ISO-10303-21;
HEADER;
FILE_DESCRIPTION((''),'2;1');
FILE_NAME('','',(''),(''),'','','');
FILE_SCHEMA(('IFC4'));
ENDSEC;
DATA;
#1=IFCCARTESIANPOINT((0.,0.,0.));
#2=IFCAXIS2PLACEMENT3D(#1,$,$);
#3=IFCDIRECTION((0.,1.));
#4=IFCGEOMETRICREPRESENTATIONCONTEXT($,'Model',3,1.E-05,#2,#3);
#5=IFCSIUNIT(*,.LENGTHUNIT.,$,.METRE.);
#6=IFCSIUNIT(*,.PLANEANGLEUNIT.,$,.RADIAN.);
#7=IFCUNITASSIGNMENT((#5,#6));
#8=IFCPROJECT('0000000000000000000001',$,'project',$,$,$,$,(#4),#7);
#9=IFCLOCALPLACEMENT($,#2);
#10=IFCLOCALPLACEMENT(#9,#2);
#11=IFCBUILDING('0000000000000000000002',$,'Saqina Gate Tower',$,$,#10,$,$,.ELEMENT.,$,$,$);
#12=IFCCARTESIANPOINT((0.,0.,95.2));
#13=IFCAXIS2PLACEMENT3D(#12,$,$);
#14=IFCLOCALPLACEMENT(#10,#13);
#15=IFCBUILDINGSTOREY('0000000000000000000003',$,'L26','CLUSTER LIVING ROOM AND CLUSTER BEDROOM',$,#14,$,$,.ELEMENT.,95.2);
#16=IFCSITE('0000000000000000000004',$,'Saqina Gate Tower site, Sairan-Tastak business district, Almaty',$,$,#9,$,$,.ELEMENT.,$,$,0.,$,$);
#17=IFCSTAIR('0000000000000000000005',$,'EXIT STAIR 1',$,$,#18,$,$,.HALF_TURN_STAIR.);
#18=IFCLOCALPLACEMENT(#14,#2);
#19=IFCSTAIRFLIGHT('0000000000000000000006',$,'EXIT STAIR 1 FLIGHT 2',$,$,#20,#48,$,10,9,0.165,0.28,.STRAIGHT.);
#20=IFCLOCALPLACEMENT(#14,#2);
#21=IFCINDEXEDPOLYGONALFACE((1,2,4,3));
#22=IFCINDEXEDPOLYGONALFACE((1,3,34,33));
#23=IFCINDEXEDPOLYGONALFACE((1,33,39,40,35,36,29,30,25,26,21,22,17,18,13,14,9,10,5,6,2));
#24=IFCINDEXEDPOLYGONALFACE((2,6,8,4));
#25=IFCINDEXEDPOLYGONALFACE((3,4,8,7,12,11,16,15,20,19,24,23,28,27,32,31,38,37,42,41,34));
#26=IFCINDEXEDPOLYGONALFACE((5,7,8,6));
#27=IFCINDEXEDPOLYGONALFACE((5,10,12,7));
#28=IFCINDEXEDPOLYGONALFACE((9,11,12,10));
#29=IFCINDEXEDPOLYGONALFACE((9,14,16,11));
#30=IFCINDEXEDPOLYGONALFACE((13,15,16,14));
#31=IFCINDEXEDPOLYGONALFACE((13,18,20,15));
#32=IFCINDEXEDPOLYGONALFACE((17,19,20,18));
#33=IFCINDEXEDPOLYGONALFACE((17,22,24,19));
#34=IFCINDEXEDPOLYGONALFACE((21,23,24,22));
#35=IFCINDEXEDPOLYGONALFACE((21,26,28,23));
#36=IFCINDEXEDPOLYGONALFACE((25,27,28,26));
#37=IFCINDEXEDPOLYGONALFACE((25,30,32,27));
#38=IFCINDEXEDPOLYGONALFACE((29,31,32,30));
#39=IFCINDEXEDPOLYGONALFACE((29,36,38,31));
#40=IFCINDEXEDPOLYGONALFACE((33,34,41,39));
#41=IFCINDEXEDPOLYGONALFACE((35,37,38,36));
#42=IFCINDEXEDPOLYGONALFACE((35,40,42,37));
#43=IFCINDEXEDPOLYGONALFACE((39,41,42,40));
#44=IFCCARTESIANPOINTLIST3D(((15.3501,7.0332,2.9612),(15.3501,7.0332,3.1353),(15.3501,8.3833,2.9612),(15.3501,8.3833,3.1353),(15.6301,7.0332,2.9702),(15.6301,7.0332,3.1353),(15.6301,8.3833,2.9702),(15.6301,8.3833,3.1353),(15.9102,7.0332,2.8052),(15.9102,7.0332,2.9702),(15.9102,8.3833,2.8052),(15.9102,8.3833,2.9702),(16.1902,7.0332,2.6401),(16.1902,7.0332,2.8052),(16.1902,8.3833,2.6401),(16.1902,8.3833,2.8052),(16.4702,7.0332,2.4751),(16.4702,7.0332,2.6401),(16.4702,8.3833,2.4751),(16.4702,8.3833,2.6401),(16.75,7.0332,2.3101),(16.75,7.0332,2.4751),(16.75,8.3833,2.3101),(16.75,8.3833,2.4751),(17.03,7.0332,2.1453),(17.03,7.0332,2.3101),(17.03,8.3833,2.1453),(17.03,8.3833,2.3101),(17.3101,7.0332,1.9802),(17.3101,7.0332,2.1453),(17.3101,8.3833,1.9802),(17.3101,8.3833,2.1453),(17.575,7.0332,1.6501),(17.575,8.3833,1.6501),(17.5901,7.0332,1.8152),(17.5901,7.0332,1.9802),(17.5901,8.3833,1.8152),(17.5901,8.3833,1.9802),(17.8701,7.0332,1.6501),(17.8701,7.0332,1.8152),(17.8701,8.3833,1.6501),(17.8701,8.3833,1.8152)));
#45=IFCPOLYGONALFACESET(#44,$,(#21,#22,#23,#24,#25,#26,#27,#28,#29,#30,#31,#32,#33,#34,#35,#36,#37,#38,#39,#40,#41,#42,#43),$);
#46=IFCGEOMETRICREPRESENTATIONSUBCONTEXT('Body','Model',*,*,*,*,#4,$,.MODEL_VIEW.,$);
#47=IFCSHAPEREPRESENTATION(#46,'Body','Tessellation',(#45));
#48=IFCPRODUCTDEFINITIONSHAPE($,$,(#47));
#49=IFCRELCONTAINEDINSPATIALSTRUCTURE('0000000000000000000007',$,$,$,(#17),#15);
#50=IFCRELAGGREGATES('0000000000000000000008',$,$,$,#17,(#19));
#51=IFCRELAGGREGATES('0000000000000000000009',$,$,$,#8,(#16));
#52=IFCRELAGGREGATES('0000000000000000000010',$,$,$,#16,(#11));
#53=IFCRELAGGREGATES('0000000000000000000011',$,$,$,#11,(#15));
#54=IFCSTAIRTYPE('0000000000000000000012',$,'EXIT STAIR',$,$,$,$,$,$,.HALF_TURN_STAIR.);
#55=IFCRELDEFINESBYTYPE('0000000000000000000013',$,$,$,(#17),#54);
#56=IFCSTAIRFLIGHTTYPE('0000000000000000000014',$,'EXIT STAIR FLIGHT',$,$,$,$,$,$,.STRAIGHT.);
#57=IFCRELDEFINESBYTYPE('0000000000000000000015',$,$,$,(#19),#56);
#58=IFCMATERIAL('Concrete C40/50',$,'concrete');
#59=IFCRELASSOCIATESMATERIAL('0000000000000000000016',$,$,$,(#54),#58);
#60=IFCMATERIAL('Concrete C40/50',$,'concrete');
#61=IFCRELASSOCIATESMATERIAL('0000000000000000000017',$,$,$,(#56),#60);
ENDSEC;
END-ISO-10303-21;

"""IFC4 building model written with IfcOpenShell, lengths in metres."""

from ifc_helpers import new_model, si_unit, direction, frame, origin, place, context, subcontext, project, spatial, polyline, outline, extrude, material, type_object, element, aggregate, save


model = new_model("IFC4")

# Units and contexts
model_context = context("Model", 3, precision=1e-05, world=origin(), true_north=direction((0.0, 1.0)))
body_context = subcontext(model_context, "Body", "Model", "MODEL_VIEW")
ifc_project = project(units=[si_unit("LENGTHUNIT", "METRE"), si_unit("PLANEANGLEUNIT", "RADIAN")], contexts=[model_context])

# Site, building, storey
site_placement = place(None, origin())
site = spatial("IfcSite", under=ifc_project, at=site_placement, Name="Saqina Gate Tower site, Sairan-Tastak business district, Almaty", CompositionType="ELEMENT", RefElevation=0.0)
building_placement = place(site_placement, origin())
building = spatial("IfcBuilding", under=site, at=building_placement, Name="Saqina Gate Tower", CompositionType="ELEMENT")
storey_placement = place(building_placement, frame((0.0, 0.0, 95.2)))
storey = spatial("IfcBuildingStorey", under=building, at=storey_placement, Name="L26", Description="CLUSTER LIVING ROOM AND CLUSTER BEDROOM", CompositionType="ELEMENT", Elevation=95.2)

# Stair, stair flight
ifc_material_1 = material(Name="Concrete C40/50", Category="concrete")
stair_type = type_object("IfcStairType", Name="EXIT STAIR", PredefinedType="HALF_TURN_STAIR", material=ifc_material_1)
stair_placement = place(storey_placement, origin())
stair = element("IfcStair", 1, at=stair_placement, inside=storey, type_object=stair_type, Name="EXIT STAIR 1", PredefinedType="HALF_TURN_STAIR")
ifc_material_2 = material(Name="Concrete C40/50", Category="concrete")
stair_flight_type = type_object("IfcStairFlightType", Name="EXIT STAIR FLIGHT", PredefinedType="STRAIGHT", material=ifc_material_2)
stair_flight_1_placement = place(storey_placement, frame((17.8701, 7.7083, 1.6501), z_axis=(0.0, 0.0, 1.0), x_axis=(-1.0, 0.0, 0.0)))
stair_flight_1 = element("IfcStairFlight", 2, at=stair_flight_1_placement, type_object=stair_flight_type, Name="EXIT STAIR 1 FLIGHT 2", NumberOfRisers=10, NumberOfTreads=9, PredefinedType="STRAIGHT", RiserHeight=0.165, TreadLength=0.28, context=body_context, shape_type="SweptSolid", body=[
    extrude(outline(polyline([(0.0, 0.0), (0.0, 0.165), (0.28, 0.165), (0.28, 0.3301), (0.5601, 0.3301), (0.5601, 0.4951), (0.8401, 0.4951), (0.8401, 0.6599), (1.1201, 0.6599), (1.1201, 0.825), (1.3999, 0.825), (1.3999, 0.99), (1.6799, 0.99), (1.6799, 1.155), (1.96, 1.155), (1.96, 1.3201), (2.24, 1.3201), (2.24, 1.4851), (2.52, 1.4851), (2.52, 1.6499), (2.52, 1.311), (0.2952, 0.0), (0.0, 0.0)])), frame((0.0, 0.675, 0.0), z_axis=(0.0, -1.0, 0.0), x_axis=(1.0, 0.0, 0.0)), (0.0, 0.0, 1.0), 1.3501),
])
aggregate(stair, [stair_flight_1])

save(model, "model.ifc")
